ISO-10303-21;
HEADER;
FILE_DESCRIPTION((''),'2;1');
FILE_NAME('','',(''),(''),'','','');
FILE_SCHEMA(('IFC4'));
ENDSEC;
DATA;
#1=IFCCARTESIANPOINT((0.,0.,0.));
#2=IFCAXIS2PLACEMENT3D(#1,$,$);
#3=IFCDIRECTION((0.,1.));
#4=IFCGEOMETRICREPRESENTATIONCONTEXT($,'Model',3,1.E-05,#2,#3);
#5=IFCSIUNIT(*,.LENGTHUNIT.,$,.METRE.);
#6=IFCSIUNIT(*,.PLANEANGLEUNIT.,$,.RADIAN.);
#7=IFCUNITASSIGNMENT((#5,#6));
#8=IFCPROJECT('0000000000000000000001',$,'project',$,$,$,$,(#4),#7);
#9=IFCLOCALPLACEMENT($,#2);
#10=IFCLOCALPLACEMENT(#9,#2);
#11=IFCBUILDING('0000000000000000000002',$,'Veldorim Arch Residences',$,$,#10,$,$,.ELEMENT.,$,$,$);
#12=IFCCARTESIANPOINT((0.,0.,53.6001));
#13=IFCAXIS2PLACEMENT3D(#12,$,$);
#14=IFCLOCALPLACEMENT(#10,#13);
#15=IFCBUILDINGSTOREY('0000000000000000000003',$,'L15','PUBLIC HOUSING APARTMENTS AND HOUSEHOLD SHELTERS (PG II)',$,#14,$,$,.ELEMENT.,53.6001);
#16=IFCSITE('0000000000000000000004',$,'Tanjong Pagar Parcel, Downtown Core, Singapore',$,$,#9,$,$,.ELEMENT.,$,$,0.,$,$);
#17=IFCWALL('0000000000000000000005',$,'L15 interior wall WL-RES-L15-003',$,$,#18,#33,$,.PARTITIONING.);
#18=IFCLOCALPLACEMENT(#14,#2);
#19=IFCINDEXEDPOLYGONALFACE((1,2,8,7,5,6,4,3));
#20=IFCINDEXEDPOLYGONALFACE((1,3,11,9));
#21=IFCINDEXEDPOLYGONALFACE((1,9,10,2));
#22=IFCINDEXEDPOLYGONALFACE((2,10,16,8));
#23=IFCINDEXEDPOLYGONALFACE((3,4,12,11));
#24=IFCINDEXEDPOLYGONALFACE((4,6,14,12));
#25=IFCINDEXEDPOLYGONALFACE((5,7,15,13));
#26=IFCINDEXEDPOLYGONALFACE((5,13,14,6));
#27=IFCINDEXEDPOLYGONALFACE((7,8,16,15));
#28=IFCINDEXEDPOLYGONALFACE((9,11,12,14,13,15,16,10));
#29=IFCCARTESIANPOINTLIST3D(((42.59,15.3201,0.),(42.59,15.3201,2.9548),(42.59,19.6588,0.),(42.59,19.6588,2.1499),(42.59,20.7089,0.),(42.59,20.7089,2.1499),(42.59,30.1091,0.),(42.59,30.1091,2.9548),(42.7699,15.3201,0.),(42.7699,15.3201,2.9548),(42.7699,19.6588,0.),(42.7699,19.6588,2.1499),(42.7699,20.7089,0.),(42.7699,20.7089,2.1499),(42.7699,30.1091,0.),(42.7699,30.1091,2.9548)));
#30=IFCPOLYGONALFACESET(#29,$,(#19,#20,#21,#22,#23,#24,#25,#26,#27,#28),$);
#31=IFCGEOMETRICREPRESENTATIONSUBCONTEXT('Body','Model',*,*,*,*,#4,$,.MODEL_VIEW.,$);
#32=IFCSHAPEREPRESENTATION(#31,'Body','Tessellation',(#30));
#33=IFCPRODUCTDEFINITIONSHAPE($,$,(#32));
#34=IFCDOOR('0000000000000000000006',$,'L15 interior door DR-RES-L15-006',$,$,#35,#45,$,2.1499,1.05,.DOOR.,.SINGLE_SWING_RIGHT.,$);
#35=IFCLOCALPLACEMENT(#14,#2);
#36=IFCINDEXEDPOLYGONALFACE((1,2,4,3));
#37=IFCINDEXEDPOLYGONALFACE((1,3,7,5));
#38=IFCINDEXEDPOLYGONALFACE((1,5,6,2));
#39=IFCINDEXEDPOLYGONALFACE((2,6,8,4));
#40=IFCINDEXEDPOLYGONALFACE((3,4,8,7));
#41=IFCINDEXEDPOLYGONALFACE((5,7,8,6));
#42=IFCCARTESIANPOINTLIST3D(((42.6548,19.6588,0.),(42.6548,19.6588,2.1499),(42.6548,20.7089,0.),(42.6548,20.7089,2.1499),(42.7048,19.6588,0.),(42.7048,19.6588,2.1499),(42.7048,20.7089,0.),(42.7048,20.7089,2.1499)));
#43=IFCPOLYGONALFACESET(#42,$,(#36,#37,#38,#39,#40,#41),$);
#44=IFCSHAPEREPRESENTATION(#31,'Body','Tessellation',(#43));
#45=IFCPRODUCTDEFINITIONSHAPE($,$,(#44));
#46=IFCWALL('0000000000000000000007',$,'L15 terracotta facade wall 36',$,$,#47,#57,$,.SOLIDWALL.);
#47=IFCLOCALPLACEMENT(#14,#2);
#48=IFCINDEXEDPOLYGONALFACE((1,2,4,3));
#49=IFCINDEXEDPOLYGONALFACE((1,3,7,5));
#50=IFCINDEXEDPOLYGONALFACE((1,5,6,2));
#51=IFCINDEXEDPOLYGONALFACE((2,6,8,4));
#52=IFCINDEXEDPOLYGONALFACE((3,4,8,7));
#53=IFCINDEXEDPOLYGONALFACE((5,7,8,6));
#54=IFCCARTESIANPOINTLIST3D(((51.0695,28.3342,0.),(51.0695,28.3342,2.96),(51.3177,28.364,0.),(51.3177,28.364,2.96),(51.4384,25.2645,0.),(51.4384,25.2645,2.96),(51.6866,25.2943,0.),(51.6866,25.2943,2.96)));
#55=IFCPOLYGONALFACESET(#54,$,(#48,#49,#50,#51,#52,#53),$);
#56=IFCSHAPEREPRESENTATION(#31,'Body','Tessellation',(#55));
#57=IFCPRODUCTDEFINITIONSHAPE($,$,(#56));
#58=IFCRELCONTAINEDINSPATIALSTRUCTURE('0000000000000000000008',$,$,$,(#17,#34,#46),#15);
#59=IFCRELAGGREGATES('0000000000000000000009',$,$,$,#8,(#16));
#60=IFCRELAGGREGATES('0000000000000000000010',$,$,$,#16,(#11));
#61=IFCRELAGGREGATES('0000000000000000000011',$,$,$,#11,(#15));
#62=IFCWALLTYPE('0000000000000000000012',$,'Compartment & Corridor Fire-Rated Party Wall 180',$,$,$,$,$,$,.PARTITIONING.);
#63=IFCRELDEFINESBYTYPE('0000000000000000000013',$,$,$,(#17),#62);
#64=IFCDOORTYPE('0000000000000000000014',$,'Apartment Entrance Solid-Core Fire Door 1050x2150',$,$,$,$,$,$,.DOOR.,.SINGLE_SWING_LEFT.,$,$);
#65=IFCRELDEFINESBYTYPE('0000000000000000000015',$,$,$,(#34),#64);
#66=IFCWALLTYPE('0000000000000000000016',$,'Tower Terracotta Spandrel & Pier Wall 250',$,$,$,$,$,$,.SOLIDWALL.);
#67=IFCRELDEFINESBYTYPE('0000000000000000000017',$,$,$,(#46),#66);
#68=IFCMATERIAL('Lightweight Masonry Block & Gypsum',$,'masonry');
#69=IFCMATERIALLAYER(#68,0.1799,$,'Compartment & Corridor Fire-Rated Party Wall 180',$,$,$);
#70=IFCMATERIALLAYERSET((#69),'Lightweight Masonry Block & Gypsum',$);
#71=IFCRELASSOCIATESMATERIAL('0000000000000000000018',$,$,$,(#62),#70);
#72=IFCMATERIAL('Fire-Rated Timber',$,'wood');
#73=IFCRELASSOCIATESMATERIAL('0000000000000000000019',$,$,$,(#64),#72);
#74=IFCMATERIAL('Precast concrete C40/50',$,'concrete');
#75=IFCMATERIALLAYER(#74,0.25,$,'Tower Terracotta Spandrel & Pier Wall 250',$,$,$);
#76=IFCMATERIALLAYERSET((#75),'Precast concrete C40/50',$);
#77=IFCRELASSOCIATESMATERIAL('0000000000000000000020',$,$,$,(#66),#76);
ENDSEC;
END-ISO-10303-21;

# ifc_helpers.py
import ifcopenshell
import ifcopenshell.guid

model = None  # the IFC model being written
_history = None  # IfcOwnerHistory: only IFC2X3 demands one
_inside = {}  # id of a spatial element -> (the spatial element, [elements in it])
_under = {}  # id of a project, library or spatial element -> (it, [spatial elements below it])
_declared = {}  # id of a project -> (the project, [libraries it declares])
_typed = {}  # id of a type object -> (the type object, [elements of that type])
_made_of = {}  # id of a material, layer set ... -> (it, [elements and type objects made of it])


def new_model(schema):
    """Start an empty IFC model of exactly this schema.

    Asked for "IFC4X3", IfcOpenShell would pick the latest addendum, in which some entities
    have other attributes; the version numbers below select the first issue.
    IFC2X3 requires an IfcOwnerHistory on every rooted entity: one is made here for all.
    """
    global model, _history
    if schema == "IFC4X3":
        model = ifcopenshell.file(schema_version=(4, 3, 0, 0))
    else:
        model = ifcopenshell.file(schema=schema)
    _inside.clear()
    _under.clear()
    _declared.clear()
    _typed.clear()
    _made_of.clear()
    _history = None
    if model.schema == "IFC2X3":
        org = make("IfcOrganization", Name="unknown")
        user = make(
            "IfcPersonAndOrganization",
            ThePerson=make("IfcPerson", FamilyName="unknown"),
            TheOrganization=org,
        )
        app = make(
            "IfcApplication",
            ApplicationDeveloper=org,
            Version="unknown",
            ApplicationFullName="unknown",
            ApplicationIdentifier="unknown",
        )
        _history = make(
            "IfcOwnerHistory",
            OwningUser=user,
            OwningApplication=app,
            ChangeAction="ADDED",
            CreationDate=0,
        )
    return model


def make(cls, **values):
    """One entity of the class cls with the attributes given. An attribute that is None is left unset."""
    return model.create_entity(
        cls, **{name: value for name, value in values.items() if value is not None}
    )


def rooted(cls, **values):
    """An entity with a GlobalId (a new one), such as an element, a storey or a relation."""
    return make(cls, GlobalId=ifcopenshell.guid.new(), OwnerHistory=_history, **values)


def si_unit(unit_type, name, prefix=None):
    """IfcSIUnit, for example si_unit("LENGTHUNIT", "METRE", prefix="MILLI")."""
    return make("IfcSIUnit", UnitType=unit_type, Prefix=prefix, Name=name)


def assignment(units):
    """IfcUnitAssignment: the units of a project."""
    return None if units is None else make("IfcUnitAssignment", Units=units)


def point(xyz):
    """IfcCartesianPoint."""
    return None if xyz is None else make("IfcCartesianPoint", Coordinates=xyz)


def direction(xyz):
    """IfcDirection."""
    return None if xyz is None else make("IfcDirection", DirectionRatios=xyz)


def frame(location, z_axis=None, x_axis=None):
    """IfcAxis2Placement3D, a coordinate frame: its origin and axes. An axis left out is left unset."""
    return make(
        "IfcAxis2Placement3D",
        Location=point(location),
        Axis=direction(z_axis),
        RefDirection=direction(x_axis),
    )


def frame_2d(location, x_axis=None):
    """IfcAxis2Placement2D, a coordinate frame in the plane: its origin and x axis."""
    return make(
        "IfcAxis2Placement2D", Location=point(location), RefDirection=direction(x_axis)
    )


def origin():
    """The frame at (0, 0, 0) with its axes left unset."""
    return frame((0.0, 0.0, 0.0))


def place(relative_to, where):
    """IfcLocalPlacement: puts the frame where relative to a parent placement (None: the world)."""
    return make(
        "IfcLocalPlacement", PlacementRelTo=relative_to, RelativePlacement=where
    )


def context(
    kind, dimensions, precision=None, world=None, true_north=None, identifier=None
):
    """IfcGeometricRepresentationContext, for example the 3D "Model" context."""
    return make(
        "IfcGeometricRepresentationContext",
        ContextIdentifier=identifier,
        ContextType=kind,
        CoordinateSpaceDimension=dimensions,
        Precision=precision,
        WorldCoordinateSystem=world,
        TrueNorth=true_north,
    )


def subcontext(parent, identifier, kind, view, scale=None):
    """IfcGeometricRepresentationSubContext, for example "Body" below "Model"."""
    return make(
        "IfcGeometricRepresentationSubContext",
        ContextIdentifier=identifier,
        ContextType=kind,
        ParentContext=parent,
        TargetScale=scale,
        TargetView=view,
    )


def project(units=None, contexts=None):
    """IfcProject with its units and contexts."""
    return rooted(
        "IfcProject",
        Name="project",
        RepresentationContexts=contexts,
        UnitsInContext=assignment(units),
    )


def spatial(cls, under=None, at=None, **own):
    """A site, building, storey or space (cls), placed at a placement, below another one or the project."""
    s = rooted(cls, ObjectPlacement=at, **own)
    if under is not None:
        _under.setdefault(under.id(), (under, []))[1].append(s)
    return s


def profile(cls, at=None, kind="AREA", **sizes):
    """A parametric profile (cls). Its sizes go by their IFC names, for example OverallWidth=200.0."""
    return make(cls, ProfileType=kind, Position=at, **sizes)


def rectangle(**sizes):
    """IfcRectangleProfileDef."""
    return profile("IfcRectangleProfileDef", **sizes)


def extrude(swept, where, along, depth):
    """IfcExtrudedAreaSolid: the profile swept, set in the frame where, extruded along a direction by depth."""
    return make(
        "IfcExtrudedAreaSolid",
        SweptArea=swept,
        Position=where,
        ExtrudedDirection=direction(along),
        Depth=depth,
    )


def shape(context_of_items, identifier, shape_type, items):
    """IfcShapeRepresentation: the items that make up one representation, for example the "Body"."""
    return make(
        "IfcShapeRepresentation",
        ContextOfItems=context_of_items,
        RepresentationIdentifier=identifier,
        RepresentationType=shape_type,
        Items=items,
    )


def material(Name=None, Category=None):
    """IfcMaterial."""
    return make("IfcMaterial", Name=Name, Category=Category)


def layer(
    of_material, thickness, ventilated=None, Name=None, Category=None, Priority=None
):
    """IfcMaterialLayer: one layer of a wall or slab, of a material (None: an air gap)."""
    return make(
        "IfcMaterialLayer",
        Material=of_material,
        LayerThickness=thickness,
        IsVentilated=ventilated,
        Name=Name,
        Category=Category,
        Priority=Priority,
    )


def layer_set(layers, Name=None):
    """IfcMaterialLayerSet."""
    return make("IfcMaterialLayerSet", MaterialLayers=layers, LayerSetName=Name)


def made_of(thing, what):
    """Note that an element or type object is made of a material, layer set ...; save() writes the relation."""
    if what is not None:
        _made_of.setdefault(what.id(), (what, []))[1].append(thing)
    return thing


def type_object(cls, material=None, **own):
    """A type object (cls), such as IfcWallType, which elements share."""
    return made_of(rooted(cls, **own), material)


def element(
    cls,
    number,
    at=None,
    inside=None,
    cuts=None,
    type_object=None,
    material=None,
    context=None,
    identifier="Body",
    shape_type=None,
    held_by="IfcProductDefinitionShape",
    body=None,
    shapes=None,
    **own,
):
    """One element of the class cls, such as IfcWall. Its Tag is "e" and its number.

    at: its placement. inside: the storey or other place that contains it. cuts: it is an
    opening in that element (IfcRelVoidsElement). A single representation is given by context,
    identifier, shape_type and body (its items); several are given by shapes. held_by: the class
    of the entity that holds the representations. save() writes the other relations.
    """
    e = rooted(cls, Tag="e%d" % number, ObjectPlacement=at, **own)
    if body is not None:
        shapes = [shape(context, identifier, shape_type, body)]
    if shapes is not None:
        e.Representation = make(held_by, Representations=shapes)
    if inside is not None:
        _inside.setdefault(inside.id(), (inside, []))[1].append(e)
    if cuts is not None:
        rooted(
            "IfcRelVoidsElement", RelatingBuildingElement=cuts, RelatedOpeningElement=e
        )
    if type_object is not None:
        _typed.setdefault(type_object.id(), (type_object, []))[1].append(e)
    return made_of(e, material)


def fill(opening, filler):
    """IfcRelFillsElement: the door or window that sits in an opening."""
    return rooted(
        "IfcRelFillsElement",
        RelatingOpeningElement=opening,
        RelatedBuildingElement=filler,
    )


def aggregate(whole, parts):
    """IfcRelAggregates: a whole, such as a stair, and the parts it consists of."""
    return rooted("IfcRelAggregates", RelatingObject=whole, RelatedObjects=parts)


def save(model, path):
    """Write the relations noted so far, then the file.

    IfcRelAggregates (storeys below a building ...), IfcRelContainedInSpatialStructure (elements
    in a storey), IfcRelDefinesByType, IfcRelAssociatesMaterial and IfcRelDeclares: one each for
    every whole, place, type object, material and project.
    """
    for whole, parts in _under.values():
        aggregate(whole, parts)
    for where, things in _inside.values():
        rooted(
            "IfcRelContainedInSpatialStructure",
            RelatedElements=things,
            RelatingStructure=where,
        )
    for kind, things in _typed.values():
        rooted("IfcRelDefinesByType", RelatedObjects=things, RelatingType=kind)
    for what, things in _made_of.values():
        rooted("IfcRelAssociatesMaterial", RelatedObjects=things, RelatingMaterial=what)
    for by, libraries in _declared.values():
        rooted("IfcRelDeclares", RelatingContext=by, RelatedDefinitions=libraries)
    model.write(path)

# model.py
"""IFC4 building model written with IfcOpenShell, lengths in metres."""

from ifc_helpers import new_model, si_unit, direction, frame, frame_2d, origin, place, context, subcontext, project, spatial, rectangle, extrude, material, layer, layer_set, type_object, element, fill, save


model = new_model("IFC4")

# Units and contexts
model_context = context("Model", 3, precision=1e-05, world=origin(), true_north=direction((0.0, 1.0)))
body_context = subcontext(model_context, "Body", "Model", "MODEL_VIEW")
ifc_project = project(units=[si_unit("LENGTHUNIT", "METRE"), si_unit("PLANEANGLEUNIT", "RADIAN")], contexts=[model_context])

# Site, building, storey
site_placement = place(None, origin())
site = spatial("IfcSite", under=ifc_project, at=site_placement, Name="Tanjong Pagar Parcel, Downtown Core, Singapore", CompositionType="ELEMENT", RefElevation=0.0)
building_placement = place(site_placement, origin())
building = spatial("IfcBuilding", under=site, at=building_placement, Name="Veldorim Arch Residences", CompositionType="ELEMENT")
storey_placement = place(building_placement, frame((0.0, 0.0, 53.6001)))
storey = spatial("IfcBuildingStorey", under=building, at=storey_placement, Name="L15", Description="PUBLIC HOUSING APARTMENTS AND HOUSEHOLD SHELTERS (PG II)", CompositionType="ELEMENT", Elevation=53.6001)

# Shared definitions
ifc_material_1 = material(Name="Lightweight Masonry Block & Gypsum", Category="masonry")
ifc_layer_1 = layer(ifc_material_1, 0.1799, Name="Compartment & Corridor Fire-Rated Party Wall 180")
ifc_layer_set_1 = layer_set([ifc_layer_1], Name="Lightweight Masonry Block & Gypsum")
wall_type_1 = type_object("IfcWallType", Name="Compartment & Corridor Fire-Rated Party Wall 180", PredefinedType="PARTITIONING", material=ifc_layer_set_1)

# Wall, opening, door
wall_1_placement = place(storey_placement, frame((42.6799, 30.1091, 0.0), z_axis=(0.0, 0.0, 1.0), x_axis=(0.0, -1.0, 0.0)))
wall_1 = element("IfcWall", 1, at=wall_1_placement, inside=storey, type_object=wall_type_1, Name="L15 interior wall WL-RES-L15-003", PredefinedType="PARTITIONING", context=body_context, shape_type="SweptSolid", body=[
    extrude(rectangle(XDim=14.7891, YDim=0.1799, at=frame_2d((7.3945, 0.0))), origin(), (0.0, 0.0, 1.0), 2.9548),
])
opening_placement = place(wall_1_placement, frame((9.4004, 0.0, 0.0)))
opening = element("IfcOpeningElement", 2, at=opening_placement, cuts=wall_1, PredefinedType="OPENING", context=body_context, shape_type="SweptSolid", body=[
    extrude(rectangle(XDim=1.05, YDim=2.1499, at=frame_2d((0.5249, 1.075))), frame((0.0, 0.0999, 0.0), z_axis=(0.0, -1.0, 0.0), x_axis=(1.0, 0.0, 0.0)), (0.0, 0.0, 1.0), 0.2),
])
ifc_material_2 = material(Name="Fire-Rated Timber", Category="wood")
door_type = type_object("IfcDoorType", Name="Apartment Entrance Solid-Core Fire Door 1050x2150", OperationType="SINGLE_SWING_LEFT", PredefinedType="DOOR", material=ifc_material_2)
door_placement = place(opening_placement, origin())
door = element("IfcDoor", 3, at=door_placement, inside=storey, type_object=door_type, Name="L15 interior door DR-RES-L15-006", OperationType="SINGLE_SWING_RIGHT", OverallHeight=2.1499, OverallWidth=1.05, PredefinedType="DOOR", context=body_context, shape_type="SweptSolid", body=[
    extrude(rectangle(XDim=1.05, YDim=2.1499, at=frame_2d((0.5249, 1.075))), frame((0.0, 0.0249, 0.0), z_axis=(0.0, -1.0, 0.0), x_axis=(1.0, 0.0, 0.0)), (0.0, 0.0, 1.0), 0.05),
])
fill(opening, door)

# Wall
ifc_material_3 = material(Name="Precast concrete C40/50", Category="concrete")
ifc_layer_2 = layer(ifc_material_3, 0.25, Name="Tower Terracotta Spandrel & Pier Wall 250")
ifc_layer_set_2 = layer_set([ifc_layer_2], Name="Precast concrete C40/50")
wall_type_2 = type_object("IfcWallType", Name="Tower Terracotta Spandrel & Pier Wall 250", PredefinedType="SOLIDWALL", material=ifc_layer_set_2)
wall_2_placement = place(storey_placement, frame((51.1936, 28.3491, 0.0), z_axis=(0.0, 0.0, 1.0), x_axis=(0.11931, -0.992857, 0.0)))
element("IfcWall", 4, at=wall_2_placement, inside=storey, type_object=wall_type_2, Name="L15 terracotta facade wall 36", PredefinedType="SOLIDWALL", context=body_context, shape_type="SweptSolid", body=[
    extrude(rectangle(XDim=3.0918, YDim=0.25, at=frame_2d((1.5459, 0.0))), origin(), (0.0, 0.0, 1.0), 2.96),
])

save(model, "model.ifc")
